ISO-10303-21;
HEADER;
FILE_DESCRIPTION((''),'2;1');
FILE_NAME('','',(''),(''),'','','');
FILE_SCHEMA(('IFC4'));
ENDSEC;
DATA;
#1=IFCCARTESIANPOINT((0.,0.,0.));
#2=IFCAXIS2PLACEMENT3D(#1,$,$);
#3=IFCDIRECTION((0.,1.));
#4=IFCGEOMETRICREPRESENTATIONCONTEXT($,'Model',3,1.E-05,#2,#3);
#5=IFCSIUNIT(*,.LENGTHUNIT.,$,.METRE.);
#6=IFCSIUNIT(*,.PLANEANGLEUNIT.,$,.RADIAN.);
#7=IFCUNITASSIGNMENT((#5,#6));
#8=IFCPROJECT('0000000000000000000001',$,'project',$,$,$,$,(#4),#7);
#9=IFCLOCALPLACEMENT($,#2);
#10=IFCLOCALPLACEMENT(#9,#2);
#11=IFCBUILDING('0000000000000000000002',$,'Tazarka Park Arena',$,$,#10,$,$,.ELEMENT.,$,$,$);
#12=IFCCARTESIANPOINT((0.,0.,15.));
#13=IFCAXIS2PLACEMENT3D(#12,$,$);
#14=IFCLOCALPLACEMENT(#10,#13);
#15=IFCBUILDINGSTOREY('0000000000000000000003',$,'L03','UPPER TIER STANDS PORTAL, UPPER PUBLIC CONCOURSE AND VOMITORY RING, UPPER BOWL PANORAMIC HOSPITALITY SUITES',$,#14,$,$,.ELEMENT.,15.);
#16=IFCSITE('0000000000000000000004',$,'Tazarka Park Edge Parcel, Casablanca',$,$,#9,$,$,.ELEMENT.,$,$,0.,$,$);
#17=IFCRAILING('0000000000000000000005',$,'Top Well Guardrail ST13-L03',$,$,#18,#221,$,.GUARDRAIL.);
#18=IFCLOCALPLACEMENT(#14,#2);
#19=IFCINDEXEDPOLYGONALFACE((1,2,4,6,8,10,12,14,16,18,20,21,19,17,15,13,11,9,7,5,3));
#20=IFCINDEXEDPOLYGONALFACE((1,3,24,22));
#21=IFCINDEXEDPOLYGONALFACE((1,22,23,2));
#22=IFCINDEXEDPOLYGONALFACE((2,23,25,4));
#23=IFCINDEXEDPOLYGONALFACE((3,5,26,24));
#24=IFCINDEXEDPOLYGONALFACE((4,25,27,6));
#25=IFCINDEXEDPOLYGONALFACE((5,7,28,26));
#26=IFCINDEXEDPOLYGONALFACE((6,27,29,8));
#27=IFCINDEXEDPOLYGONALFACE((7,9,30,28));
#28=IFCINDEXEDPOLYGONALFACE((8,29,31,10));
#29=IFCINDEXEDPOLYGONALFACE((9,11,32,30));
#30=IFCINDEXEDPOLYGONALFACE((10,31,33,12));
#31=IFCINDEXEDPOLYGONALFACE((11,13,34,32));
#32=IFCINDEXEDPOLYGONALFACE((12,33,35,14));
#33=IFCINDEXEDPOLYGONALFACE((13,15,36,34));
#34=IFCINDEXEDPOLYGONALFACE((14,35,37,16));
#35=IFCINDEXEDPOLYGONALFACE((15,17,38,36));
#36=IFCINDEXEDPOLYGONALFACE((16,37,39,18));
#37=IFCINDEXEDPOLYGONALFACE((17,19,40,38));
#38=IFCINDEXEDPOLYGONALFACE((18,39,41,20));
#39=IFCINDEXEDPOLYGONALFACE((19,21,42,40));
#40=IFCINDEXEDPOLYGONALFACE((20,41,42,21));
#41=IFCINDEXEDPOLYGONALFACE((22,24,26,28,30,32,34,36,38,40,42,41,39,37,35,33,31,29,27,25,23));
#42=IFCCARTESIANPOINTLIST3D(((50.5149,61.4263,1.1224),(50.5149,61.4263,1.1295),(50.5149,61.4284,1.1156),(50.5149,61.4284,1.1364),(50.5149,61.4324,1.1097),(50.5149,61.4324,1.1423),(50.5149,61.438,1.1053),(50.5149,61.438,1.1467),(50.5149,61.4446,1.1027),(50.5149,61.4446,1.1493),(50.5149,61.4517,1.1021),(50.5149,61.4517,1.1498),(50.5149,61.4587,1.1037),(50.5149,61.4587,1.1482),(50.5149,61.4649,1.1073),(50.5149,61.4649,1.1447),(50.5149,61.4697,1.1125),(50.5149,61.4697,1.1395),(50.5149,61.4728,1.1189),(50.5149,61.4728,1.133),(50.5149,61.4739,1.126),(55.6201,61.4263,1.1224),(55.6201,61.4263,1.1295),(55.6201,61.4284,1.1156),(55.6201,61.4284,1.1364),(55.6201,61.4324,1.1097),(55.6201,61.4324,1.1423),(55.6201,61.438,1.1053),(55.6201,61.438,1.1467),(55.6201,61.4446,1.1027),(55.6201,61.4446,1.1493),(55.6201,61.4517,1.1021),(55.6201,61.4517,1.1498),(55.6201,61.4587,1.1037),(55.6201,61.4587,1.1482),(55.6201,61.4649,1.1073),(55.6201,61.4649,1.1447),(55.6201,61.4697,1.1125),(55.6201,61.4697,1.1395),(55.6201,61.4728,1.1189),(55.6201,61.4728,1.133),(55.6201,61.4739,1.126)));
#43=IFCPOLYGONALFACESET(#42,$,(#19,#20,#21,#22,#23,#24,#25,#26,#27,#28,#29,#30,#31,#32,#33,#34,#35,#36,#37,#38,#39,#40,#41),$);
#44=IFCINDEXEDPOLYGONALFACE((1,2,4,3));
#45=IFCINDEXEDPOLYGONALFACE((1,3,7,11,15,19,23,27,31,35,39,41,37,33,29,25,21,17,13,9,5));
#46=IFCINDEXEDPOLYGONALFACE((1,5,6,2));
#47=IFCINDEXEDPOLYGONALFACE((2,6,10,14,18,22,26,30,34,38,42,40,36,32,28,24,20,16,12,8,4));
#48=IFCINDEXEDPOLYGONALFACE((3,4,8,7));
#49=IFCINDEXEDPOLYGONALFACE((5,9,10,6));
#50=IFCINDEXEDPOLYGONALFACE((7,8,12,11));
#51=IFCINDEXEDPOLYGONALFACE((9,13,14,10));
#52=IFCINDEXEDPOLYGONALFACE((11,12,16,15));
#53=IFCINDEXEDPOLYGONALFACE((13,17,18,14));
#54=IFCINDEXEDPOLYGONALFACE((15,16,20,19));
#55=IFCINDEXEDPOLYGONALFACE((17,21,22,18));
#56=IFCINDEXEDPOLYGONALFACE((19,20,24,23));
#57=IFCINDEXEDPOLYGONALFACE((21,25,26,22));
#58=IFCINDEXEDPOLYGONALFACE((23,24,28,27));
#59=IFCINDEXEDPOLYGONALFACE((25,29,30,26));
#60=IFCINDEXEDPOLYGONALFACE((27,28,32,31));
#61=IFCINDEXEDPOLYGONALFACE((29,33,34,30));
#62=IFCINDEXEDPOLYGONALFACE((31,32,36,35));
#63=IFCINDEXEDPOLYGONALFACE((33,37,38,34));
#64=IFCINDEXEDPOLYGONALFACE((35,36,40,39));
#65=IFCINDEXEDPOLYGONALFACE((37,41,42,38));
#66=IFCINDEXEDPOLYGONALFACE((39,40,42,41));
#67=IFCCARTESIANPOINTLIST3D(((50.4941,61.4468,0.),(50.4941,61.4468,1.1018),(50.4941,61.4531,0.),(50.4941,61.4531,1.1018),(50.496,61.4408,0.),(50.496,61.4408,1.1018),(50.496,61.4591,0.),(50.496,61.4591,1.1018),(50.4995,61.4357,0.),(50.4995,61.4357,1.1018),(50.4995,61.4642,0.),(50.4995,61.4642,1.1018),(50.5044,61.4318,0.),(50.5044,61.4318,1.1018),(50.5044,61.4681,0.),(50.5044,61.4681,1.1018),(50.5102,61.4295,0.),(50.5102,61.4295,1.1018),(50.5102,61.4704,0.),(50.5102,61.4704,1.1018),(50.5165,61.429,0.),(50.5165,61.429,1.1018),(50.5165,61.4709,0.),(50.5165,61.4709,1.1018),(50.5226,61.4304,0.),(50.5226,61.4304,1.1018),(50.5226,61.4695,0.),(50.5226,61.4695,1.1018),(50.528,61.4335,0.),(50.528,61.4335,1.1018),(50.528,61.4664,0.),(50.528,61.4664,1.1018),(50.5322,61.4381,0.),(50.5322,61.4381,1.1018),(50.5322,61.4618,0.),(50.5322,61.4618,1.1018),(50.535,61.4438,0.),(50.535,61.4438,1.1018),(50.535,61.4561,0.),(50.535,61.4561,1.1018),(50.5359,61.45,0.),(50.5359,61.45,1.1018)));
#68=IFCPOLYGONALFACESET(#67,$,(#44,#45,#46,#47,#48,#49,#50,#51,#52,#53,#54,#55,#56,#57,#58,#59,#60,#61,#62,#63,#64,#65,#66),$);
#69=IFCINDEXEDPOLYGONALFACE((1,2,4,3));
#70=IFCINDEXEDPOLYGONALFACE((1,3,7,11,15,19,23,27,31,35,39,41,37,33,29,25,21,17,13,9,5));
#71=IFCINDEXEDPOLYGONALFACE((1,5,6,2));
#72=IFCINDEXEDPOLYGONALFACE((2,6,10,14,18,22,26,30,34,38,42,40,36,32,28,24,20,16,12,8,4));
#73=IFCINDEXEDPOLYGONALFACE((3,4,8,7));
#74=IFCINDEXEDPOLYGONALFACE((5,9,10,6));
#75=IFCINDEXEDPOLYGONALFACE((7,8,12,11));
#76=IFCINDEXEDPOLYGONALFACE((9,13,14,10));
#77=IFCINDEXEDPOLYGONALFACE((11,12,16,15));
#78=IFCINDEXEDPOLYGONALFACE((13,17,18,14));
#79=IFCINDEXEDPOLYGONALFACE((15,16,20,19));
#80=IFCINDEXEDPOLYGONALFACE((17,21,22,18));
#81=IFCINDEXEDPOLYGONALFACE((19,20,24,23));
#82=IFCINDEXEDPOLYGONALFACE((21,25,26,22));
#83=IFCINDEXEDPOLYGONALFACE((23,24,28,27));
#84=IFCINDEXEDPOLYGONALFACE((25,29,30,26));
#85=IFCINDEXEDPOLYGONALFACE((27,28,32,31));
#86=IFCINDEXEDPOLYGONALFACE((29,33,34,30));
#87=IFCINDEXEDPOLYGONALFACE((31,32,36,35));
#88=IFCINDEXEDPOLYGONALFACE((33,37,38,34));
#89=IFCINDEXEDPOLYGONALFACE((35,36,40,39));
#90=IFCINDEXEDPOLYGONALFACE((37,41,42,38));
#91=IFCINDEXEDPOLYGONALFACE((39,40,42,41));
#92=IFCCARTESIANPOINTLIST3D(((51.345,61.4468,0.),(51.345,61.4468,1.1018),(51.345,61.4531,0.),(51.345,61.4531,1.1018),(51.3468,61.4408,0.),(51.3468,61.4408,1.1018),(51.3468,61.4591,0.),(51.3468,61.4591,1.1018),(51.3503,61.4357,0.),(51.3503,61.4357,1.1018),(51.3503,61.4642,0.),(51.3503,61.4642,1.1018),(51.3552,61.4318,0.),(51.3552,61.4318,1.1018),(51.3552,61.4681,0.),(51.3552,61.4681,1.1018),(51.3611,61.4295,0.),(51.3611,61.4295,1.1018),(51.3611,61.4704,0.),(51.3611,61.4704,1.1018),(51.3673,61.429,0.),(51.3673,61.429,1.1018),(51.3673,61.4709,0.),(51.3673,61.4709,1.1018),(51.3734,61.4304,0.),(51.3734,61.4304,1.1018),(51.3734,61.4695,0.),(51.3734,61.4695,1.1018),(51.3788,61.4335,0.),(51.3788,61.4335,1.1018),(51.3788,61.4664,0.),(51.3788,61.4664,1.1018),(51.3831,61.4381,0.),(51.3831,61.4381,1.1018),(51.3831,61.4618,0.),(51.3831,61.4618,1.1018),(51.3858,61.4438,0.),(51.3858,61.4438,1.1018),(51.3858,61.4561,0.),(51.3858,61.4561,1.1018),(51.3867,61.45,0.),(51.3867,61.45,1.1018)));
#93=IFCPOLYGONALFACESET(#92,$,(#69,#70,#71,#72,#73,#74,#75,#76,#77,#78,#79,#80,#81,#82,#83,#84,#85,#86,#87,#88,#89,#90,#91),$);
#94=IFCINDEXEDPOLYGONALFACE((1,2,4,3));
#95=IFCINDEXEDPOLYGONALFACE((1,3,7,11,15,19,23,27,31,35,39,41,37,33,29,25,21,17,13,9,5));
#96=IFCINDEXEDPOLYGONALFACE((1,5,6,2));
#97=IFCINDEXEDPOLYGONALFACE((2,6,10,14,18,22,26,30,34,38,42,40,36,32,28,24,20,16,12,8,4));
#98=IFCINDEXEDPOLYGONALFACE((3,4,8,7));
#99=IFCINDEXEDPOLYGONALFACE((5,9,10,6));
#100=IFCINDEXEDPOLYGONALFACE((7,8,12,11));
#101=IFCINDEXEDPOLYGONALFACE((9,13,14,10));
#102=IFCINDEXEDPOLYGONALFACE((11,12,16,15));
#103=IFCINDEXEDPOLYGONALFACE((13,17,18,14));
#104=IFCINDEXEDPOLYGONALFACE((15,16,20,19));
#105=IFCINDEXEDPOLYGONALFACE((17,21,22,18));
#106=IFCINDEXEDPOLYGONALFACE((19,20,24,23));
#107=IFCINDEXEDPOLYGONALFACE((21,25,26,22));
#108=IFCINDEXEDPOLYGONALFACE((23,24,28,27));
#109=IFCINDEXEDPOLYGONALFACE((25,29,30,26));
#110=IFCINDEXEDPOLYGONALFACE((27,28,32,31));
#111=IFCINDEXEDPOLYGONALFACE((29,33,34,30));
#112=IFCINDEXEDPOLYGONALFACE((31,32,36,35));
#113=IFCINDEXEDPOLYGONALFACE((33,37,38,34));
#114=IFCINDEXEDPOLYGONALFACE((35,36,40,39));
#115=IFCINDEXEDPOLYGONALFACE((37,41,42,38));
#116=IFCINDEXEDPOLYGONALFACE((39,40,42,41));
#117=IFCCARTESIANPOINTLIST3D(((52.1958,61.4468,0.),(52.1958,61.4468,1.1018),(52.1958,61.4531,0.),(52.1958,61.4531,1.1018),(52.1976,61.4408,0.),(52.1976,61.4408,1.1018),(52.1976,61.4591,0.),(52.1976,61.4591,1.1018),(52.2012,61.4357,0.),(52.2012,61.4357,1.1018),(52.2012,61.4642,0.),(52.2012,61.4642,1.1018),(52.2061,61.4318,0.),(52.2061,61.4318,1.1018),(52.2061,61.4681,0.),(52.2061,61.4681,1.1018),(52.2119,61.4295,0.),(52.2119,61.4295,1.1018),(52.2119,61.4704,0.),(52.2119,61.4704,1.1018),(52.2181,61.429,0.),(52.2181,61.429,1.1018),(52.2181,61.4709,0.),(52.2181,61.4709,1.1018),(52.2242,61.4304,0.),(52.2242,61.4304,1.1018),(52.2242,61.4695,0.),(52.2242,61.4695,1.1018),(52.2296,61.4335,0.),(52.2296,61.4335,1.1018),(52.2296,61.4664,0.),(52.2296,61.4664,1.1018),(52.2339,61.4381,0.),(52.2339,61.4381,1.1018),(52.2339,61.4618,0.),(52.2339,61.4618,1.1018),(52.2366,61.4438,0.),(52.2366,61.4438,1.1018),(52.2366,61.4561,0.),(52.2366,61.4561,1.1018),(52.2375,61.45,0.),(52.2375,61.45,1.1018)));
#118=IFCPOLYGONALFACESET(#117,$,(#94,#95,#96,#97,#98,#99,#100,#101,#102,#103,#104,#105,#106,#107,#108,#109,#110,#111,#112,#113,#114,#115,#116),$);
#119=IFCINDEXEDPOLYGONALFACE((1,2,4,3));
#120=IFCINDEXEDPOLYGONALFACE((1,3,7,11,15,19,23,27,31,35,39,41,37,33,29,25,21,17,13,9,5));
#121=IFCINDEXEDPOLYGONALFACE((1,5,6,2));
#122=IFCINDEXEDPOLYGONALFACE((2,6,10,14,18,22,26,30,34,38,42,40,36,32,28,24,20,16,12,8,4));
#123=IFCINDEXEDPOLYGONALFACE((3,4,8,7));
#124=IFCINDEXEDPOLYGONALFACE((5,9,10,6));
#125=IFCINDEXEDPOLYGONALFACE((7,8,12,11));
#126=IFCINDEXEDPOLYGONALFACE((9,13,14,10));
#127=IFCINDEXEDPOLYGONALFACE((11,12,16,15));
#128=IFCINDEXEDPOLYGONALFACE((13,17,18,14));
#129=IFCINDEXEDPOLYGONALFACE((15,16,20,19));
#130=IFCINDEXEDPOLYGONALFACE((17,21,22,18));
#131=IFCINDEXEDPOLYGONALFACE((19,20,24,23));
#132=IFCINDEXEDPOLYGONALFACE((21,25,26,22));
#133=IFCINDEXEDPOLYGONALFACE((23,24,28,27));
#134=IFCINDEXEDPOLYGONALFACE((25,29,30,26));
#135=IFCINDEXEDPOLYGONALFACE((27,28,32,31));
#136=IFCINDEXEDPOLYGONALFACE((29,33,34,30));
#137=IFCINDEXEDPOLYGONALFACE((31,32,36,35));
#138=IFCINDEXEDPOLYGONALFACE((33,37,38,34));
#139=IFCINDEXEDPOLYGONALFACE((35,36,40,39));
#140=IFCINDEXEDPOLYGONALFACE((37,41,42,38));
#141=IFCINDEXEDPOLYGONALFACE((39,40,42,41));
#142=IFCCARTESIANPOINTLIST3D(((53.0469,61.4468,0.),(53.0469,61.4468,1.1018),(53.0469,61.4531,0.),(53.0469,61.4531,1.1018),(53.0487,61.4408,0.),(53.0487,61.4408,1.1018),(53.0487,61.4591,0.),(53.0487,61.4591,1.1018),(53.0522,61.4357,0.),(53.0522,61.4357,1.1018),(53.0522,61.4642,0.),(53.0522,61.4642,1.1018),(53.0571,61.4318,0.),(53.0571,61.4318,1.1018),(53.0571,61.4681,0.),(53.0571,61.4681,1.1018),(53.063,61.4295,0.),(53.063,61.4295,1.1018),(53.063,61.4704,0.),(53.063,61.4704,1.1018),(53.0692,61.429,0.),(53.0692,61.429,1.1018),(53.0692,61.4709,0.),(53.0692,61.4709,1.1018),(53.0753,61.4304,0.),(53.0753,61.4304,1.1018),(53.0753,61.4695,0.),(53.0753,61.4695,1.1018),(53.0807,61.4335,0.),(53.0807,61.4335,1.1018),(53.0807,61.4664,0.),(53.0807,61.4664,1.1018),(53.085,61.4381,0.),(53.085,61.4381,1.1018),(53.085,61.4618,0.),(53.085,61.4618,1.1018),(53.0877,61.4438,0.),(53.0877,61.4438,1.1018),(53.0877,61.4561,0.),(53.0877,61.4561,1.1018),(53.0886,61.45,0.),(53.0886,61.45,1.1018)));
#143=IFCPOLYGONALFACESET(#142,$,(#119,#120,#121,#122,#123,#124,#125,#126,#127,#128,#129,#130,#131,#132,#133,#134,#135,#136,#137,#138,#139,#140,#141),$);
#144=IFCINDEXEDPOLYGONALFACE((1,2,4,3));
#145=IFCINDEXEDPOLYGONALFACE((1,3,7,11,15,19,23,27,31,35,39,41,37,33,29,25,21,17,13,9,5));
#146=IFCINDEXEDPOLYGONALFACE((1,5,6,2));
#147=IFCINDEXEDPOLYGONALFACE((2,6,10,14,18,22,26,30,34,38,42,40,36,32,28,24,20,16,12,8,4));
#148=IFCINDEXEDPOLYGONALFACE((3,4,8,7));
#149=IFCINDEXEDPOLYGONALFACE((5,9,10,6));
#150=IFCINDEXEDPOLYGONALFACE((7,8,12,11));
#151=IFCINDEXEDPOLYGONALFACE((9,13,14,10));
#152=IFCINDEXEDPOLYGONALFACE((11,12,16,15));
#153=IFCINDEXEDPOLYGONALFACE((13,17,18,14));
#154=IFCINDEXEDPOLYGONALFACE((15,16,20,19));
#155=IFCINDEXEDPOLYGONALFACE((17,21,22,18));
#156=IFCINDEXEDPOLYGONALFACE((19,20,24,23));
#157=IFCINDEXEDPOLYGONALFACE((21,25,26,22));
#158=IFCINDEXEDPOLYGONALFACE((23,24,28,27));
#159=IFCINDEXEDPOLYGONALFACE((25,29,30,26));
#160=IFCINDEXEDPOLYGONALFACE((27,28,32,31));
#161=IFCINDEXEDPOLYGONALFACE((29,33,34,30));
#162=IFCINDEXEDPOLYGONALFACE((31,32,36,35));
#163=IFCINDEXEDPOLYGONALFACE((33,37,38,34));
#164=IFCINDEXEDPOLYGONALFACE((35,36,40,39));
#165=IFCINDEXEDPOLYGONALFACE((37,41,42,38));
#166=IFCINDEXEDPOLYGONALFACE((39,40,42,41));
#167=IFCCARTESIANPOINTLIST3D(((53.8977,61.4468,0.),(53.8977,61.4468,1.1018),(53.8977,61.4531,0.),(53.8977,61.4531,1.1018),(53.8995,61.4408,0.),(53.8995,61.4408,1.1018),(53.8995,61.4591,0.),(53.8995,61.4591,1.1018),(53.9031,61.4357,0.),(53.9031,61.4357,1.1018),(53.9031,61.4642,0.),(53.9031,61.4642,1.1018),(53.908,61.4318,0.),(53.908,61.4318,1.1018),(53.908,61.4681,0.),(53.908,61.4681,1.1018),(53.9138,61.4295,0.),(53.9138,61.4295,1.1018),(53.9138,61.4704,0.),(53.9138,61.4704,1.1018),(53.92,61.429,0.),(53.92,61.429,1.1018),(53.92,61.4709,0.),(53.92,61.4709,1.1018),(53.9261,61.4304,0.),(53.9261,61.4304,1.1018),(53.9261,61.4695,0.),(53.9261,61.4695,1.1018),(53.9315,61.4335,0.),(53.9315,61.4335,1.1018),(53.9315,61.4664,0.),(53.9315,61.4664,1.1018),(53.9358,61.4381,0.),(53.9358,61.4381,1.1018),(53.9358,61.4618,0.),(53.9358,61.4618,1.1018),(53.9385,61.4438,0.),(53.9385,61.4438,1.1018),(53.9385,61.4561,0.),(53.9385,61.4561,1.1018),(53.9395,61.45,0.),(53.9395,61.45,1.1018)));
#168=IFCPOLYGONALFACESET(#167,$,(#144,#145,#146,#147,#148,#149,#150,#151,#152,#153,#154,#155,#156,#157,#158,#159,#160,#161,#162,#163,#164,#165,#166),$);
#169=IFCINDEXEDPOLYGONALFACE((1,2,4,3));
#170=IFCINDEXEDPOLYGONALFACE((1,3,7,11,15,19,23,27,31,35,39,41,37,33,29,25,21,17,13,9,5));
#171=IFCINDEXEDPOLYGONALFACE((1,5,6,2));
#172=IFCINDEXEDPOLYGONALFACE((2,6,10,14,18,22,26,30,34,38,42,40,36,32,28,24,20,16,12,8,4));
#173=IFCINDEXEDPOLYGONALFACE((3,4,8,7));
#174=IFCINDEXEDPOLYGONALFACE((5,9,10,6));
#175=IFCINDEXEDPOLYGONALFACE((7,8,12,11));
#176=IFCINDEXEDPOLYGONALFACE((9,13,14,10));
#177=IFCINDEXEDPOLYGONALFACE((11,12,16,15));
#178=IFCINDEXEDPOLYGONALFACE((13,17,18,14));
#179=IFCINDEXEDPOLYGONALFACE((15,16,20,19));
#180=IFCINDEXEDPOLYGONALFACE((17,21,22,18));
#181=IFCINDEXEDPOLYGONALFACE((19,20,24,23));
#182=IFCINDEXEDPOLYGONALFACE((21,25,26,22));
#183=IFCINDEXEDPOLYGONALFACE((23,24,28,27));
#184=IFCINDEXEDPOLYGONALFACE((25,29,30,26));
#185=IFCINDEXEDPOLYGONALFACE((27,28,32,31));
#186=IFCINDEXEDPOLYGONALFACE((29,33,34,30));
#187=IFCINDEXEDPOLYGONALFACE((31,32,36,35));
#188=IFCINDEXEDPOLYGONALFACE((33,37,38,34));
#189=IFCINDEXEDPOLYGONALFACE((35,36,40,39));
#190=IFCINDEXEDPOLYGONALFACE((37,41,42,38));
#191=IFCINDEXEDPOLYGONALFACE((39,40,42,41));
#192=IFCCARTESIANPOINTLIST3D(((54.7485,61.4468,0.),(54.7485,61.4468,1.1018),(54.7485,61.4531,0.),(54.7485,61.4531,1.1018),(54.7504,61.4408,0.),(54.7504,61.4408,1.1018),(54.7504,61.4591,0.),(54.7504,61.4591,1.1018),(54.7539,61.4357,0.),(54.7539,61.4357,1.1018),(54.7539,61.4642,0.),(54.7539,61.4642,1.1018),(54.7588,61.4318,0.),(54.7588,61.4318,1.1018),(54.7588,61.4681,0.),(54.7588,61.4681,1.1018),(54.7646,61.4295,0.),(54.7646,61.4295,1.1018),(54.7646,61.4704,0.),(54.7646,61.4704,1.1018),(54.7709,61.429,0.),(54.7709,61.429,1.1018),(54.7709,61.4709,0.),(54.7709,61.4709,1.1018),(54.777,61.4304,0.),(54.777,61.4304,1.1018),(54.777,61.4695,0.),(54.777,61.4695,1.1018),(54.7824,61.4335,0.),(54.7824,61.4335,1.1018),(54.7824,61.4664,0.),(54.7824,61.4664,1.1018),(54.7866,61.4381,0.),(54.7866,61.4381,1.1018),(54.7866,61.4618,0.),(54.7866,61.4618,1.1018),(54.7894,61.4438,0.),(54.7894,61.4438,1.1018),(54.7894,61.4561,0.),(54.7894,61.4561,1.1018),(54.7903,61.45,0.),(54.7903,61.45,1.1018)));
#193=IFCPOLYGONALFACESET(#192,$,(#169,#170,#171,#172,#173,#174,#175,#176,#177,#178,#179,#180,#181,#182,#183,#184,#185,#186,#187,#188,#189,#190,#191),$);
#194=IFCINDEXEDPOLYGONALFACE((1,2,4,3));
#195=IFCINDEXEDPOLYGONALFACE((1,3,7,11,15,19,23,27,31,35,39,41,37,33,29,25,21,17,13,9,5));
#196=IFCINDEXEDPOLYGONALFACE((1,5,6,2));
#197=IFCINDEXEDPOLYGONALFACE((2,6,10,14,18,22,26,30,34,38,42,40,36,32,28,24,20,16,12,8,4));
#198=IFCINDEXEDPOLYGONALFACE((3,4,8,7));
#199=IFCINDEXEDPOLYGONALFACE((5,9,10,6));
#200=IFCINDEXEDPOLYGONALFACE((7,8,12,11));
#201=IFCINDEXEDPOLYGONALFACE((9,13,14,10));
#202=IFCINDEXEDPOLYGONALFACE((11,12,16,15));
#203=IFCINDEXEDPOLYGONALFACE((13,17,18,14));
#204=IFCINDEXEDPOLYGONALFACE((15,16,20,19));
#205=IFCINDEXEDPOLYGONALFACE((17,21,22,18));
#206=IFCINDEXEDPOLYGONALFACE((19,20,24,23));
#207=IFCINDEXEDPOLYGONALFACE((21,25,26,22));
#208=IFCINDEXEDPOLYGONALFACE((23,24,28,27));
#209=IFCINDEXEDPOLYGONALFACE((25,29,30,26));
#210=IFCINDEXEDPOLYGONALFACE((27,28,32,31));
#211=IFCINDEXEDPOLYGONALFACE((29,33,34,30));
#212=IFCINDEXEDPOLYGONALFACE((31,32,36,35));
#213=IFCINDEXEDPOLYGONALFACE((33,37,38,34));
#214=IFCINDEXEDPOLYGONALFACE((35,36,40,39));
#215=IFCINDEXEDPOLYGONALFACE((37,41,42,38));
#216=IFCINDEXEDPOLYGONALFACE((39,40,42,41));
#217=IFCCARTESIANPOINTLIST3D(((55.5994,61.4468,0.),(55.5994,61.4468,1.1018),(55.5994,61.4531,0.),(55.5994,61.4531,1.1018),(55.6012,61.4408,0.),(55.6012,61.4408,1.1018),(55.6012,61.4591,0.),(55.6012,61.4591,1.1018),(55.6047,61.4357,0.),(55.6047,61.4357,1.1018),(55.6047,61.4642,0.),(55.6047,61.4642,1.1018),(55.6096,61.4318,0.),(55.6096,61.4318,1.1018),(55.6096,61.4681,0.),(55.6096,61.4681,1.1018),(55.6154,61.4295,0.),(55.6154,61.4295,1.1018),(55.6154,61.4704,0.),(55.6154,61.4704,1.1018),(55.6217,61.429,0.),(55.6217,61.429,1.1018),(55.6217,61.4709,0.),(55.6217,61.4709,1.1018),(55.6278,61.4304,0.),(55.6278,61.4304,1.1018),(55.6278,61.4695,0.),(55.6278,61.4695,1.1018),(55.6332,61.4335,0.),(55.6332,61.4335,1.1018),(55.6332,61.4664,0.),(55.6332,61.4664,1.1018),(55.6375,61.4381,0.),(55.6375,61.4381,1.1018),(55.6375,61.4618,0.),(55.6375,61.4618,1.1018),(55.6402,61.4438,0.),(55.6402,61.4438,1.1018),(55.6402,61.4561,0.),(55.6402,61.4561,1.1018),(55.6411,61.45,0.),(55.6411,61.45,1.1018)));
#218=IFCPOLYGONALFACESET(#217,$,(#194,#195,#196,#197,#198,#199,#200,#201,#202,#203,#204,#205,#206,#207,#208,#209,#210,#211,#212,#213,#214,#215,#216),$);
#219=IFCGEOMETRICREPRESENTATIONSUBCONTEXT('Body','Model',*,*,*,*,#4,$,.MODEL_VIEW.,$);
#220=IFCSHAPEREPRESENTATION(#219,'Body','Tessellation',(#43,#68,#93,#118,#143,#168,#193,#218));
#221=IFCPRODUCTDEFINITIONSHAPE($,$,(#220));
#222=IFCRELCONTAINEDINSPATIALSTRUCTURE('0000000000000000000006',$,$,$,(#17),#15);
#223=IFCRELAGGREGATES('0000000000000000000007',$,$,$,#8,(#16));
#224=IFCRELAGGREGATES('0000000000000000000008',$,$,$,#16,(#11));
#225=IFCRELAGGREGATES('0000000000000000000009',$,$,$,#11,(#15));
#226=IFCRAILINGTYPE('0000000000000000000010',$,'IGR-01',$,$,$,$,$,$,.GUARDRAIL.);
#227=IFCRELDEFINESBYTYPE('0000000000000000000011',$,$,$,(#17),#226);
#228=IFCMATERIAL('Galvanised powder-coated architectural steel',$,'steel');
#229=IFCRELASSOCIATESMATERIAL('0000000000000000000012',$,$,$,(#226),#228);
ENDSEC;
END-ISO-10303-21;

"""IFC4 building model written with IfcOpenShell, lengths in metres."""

from ifc_helpers import new_model, si_unit, direction, frame, origin, origin_2d, place, context, subcontext, project, spatial, circle, extrude, material, type_object, element, save


model = new_model("IFC4")

# Units and contexts
model_context = context("Model", 3, precision=1e-05, world=origin(), true_north=direction((0.0, 1.0)))
body_context = subcontext(model_context, "Body", "Model", "MODEL_VIEW")
ifc_project = project(units=[si_unit("LENGTHUNIT", "METRE"), si_unit("PLANEANGLEUNIT", "RADIAN")], contexts=[model_context])

# Site, building, storey
site_placement = place(None, origin())
site = spatial("IfcSite", under=ifc_project, at=site_placement, Name="Tazarka Park Edge Parcel, Casablanca", CompositionType="ELEMENT", RefElevation=0.0)
building_placement = place(site_placement, origin())
building = spatial("IfcBuilding", under=site, at=building_placement, Name="Tazarka Park Arena", CompositionType="ELEMENT")
storey_placement = place(building_placement, frame((0.0, 0.0, 15.0)))
storey = spatial("IfcBuildingStorey", under=building, at=storey_placement, Name="L03", Description="UPPER TIER STANDS PORTAL, UPPER PUBLIC CONCOURSE AND VOMITORY RING, UPPER BOWL PANORAMIC HOSPITALITY SUITES", CompositionType="ELEMENT", Elevation=15.0)

# Railing
ifc_material_1 = material(Name="Galvanised powder-coated architectural steel", Category="steel")
railing_type = type_object("IfcRailingType", Name="IGR-01", PredefinedType="GUARDRAIL", material=ifc_material_1)
railing_1_placement = place(storey_placement, frame((50.5149, 61.45, 0.0)))
element("IfcRailing", 1, at=railing_1_placement, inside=storey, type_object=railing_type, Name="Top Well Guardrail ST13-L03", PredefinedType="GUARDRAIL", context=body_context, shape_type="SweptSolid", body=[
    extrude(circle(Radius=0.0239, at=origin_2d()), frame((0.0, 0.0, 1.126), z_axis=(1.0, 0.0, 0.0), x_axis=(0.0, 1.0, 0.0)), (0.0, 0.0, 1.0), 5.1052),
    extrude(circle(Radius=0.021, at=origin_2d()), origin(), (0.0, 0.0, 1.0), 1.1018),
    extrude(circle(Radius=0.021, at=origin_2d()), frame((0.8508, 0.0, 0.0)), (0.0, 0.0, 1.0), 1.1018),
    extrude(circle(Radius=0.021, at=origin_2d()), frame((1.7017, 0.0, 0.0)), (0.0, 0.0, 1.0), 1.1018),
    extrude(circle(Radius=0.021, at=origin_2d()), frame((2.5527, 0.0, 0.0)), (0.0, 0.0, 1.0), 1.1018),
    extrude(circle(Radius=0.021, at=origin_2d()), frame((3.4036, 0.0, 0.0)), (0.0, 0.0, 1.0), 1.1018),
    extrude(circle(Radius=0.021, at=origin_2d()), frame((4.2544, 0.0, 0.0)), (0.0, 0.0, 1.0), 1.1018),
    extrude(circle(Radius=0.021, at=origin_2d()), frame((5.1052, 0.0, 0.0)), (0.0, 0.0, 1.0), 1.1018),
])

save(model, "model.ifc")
